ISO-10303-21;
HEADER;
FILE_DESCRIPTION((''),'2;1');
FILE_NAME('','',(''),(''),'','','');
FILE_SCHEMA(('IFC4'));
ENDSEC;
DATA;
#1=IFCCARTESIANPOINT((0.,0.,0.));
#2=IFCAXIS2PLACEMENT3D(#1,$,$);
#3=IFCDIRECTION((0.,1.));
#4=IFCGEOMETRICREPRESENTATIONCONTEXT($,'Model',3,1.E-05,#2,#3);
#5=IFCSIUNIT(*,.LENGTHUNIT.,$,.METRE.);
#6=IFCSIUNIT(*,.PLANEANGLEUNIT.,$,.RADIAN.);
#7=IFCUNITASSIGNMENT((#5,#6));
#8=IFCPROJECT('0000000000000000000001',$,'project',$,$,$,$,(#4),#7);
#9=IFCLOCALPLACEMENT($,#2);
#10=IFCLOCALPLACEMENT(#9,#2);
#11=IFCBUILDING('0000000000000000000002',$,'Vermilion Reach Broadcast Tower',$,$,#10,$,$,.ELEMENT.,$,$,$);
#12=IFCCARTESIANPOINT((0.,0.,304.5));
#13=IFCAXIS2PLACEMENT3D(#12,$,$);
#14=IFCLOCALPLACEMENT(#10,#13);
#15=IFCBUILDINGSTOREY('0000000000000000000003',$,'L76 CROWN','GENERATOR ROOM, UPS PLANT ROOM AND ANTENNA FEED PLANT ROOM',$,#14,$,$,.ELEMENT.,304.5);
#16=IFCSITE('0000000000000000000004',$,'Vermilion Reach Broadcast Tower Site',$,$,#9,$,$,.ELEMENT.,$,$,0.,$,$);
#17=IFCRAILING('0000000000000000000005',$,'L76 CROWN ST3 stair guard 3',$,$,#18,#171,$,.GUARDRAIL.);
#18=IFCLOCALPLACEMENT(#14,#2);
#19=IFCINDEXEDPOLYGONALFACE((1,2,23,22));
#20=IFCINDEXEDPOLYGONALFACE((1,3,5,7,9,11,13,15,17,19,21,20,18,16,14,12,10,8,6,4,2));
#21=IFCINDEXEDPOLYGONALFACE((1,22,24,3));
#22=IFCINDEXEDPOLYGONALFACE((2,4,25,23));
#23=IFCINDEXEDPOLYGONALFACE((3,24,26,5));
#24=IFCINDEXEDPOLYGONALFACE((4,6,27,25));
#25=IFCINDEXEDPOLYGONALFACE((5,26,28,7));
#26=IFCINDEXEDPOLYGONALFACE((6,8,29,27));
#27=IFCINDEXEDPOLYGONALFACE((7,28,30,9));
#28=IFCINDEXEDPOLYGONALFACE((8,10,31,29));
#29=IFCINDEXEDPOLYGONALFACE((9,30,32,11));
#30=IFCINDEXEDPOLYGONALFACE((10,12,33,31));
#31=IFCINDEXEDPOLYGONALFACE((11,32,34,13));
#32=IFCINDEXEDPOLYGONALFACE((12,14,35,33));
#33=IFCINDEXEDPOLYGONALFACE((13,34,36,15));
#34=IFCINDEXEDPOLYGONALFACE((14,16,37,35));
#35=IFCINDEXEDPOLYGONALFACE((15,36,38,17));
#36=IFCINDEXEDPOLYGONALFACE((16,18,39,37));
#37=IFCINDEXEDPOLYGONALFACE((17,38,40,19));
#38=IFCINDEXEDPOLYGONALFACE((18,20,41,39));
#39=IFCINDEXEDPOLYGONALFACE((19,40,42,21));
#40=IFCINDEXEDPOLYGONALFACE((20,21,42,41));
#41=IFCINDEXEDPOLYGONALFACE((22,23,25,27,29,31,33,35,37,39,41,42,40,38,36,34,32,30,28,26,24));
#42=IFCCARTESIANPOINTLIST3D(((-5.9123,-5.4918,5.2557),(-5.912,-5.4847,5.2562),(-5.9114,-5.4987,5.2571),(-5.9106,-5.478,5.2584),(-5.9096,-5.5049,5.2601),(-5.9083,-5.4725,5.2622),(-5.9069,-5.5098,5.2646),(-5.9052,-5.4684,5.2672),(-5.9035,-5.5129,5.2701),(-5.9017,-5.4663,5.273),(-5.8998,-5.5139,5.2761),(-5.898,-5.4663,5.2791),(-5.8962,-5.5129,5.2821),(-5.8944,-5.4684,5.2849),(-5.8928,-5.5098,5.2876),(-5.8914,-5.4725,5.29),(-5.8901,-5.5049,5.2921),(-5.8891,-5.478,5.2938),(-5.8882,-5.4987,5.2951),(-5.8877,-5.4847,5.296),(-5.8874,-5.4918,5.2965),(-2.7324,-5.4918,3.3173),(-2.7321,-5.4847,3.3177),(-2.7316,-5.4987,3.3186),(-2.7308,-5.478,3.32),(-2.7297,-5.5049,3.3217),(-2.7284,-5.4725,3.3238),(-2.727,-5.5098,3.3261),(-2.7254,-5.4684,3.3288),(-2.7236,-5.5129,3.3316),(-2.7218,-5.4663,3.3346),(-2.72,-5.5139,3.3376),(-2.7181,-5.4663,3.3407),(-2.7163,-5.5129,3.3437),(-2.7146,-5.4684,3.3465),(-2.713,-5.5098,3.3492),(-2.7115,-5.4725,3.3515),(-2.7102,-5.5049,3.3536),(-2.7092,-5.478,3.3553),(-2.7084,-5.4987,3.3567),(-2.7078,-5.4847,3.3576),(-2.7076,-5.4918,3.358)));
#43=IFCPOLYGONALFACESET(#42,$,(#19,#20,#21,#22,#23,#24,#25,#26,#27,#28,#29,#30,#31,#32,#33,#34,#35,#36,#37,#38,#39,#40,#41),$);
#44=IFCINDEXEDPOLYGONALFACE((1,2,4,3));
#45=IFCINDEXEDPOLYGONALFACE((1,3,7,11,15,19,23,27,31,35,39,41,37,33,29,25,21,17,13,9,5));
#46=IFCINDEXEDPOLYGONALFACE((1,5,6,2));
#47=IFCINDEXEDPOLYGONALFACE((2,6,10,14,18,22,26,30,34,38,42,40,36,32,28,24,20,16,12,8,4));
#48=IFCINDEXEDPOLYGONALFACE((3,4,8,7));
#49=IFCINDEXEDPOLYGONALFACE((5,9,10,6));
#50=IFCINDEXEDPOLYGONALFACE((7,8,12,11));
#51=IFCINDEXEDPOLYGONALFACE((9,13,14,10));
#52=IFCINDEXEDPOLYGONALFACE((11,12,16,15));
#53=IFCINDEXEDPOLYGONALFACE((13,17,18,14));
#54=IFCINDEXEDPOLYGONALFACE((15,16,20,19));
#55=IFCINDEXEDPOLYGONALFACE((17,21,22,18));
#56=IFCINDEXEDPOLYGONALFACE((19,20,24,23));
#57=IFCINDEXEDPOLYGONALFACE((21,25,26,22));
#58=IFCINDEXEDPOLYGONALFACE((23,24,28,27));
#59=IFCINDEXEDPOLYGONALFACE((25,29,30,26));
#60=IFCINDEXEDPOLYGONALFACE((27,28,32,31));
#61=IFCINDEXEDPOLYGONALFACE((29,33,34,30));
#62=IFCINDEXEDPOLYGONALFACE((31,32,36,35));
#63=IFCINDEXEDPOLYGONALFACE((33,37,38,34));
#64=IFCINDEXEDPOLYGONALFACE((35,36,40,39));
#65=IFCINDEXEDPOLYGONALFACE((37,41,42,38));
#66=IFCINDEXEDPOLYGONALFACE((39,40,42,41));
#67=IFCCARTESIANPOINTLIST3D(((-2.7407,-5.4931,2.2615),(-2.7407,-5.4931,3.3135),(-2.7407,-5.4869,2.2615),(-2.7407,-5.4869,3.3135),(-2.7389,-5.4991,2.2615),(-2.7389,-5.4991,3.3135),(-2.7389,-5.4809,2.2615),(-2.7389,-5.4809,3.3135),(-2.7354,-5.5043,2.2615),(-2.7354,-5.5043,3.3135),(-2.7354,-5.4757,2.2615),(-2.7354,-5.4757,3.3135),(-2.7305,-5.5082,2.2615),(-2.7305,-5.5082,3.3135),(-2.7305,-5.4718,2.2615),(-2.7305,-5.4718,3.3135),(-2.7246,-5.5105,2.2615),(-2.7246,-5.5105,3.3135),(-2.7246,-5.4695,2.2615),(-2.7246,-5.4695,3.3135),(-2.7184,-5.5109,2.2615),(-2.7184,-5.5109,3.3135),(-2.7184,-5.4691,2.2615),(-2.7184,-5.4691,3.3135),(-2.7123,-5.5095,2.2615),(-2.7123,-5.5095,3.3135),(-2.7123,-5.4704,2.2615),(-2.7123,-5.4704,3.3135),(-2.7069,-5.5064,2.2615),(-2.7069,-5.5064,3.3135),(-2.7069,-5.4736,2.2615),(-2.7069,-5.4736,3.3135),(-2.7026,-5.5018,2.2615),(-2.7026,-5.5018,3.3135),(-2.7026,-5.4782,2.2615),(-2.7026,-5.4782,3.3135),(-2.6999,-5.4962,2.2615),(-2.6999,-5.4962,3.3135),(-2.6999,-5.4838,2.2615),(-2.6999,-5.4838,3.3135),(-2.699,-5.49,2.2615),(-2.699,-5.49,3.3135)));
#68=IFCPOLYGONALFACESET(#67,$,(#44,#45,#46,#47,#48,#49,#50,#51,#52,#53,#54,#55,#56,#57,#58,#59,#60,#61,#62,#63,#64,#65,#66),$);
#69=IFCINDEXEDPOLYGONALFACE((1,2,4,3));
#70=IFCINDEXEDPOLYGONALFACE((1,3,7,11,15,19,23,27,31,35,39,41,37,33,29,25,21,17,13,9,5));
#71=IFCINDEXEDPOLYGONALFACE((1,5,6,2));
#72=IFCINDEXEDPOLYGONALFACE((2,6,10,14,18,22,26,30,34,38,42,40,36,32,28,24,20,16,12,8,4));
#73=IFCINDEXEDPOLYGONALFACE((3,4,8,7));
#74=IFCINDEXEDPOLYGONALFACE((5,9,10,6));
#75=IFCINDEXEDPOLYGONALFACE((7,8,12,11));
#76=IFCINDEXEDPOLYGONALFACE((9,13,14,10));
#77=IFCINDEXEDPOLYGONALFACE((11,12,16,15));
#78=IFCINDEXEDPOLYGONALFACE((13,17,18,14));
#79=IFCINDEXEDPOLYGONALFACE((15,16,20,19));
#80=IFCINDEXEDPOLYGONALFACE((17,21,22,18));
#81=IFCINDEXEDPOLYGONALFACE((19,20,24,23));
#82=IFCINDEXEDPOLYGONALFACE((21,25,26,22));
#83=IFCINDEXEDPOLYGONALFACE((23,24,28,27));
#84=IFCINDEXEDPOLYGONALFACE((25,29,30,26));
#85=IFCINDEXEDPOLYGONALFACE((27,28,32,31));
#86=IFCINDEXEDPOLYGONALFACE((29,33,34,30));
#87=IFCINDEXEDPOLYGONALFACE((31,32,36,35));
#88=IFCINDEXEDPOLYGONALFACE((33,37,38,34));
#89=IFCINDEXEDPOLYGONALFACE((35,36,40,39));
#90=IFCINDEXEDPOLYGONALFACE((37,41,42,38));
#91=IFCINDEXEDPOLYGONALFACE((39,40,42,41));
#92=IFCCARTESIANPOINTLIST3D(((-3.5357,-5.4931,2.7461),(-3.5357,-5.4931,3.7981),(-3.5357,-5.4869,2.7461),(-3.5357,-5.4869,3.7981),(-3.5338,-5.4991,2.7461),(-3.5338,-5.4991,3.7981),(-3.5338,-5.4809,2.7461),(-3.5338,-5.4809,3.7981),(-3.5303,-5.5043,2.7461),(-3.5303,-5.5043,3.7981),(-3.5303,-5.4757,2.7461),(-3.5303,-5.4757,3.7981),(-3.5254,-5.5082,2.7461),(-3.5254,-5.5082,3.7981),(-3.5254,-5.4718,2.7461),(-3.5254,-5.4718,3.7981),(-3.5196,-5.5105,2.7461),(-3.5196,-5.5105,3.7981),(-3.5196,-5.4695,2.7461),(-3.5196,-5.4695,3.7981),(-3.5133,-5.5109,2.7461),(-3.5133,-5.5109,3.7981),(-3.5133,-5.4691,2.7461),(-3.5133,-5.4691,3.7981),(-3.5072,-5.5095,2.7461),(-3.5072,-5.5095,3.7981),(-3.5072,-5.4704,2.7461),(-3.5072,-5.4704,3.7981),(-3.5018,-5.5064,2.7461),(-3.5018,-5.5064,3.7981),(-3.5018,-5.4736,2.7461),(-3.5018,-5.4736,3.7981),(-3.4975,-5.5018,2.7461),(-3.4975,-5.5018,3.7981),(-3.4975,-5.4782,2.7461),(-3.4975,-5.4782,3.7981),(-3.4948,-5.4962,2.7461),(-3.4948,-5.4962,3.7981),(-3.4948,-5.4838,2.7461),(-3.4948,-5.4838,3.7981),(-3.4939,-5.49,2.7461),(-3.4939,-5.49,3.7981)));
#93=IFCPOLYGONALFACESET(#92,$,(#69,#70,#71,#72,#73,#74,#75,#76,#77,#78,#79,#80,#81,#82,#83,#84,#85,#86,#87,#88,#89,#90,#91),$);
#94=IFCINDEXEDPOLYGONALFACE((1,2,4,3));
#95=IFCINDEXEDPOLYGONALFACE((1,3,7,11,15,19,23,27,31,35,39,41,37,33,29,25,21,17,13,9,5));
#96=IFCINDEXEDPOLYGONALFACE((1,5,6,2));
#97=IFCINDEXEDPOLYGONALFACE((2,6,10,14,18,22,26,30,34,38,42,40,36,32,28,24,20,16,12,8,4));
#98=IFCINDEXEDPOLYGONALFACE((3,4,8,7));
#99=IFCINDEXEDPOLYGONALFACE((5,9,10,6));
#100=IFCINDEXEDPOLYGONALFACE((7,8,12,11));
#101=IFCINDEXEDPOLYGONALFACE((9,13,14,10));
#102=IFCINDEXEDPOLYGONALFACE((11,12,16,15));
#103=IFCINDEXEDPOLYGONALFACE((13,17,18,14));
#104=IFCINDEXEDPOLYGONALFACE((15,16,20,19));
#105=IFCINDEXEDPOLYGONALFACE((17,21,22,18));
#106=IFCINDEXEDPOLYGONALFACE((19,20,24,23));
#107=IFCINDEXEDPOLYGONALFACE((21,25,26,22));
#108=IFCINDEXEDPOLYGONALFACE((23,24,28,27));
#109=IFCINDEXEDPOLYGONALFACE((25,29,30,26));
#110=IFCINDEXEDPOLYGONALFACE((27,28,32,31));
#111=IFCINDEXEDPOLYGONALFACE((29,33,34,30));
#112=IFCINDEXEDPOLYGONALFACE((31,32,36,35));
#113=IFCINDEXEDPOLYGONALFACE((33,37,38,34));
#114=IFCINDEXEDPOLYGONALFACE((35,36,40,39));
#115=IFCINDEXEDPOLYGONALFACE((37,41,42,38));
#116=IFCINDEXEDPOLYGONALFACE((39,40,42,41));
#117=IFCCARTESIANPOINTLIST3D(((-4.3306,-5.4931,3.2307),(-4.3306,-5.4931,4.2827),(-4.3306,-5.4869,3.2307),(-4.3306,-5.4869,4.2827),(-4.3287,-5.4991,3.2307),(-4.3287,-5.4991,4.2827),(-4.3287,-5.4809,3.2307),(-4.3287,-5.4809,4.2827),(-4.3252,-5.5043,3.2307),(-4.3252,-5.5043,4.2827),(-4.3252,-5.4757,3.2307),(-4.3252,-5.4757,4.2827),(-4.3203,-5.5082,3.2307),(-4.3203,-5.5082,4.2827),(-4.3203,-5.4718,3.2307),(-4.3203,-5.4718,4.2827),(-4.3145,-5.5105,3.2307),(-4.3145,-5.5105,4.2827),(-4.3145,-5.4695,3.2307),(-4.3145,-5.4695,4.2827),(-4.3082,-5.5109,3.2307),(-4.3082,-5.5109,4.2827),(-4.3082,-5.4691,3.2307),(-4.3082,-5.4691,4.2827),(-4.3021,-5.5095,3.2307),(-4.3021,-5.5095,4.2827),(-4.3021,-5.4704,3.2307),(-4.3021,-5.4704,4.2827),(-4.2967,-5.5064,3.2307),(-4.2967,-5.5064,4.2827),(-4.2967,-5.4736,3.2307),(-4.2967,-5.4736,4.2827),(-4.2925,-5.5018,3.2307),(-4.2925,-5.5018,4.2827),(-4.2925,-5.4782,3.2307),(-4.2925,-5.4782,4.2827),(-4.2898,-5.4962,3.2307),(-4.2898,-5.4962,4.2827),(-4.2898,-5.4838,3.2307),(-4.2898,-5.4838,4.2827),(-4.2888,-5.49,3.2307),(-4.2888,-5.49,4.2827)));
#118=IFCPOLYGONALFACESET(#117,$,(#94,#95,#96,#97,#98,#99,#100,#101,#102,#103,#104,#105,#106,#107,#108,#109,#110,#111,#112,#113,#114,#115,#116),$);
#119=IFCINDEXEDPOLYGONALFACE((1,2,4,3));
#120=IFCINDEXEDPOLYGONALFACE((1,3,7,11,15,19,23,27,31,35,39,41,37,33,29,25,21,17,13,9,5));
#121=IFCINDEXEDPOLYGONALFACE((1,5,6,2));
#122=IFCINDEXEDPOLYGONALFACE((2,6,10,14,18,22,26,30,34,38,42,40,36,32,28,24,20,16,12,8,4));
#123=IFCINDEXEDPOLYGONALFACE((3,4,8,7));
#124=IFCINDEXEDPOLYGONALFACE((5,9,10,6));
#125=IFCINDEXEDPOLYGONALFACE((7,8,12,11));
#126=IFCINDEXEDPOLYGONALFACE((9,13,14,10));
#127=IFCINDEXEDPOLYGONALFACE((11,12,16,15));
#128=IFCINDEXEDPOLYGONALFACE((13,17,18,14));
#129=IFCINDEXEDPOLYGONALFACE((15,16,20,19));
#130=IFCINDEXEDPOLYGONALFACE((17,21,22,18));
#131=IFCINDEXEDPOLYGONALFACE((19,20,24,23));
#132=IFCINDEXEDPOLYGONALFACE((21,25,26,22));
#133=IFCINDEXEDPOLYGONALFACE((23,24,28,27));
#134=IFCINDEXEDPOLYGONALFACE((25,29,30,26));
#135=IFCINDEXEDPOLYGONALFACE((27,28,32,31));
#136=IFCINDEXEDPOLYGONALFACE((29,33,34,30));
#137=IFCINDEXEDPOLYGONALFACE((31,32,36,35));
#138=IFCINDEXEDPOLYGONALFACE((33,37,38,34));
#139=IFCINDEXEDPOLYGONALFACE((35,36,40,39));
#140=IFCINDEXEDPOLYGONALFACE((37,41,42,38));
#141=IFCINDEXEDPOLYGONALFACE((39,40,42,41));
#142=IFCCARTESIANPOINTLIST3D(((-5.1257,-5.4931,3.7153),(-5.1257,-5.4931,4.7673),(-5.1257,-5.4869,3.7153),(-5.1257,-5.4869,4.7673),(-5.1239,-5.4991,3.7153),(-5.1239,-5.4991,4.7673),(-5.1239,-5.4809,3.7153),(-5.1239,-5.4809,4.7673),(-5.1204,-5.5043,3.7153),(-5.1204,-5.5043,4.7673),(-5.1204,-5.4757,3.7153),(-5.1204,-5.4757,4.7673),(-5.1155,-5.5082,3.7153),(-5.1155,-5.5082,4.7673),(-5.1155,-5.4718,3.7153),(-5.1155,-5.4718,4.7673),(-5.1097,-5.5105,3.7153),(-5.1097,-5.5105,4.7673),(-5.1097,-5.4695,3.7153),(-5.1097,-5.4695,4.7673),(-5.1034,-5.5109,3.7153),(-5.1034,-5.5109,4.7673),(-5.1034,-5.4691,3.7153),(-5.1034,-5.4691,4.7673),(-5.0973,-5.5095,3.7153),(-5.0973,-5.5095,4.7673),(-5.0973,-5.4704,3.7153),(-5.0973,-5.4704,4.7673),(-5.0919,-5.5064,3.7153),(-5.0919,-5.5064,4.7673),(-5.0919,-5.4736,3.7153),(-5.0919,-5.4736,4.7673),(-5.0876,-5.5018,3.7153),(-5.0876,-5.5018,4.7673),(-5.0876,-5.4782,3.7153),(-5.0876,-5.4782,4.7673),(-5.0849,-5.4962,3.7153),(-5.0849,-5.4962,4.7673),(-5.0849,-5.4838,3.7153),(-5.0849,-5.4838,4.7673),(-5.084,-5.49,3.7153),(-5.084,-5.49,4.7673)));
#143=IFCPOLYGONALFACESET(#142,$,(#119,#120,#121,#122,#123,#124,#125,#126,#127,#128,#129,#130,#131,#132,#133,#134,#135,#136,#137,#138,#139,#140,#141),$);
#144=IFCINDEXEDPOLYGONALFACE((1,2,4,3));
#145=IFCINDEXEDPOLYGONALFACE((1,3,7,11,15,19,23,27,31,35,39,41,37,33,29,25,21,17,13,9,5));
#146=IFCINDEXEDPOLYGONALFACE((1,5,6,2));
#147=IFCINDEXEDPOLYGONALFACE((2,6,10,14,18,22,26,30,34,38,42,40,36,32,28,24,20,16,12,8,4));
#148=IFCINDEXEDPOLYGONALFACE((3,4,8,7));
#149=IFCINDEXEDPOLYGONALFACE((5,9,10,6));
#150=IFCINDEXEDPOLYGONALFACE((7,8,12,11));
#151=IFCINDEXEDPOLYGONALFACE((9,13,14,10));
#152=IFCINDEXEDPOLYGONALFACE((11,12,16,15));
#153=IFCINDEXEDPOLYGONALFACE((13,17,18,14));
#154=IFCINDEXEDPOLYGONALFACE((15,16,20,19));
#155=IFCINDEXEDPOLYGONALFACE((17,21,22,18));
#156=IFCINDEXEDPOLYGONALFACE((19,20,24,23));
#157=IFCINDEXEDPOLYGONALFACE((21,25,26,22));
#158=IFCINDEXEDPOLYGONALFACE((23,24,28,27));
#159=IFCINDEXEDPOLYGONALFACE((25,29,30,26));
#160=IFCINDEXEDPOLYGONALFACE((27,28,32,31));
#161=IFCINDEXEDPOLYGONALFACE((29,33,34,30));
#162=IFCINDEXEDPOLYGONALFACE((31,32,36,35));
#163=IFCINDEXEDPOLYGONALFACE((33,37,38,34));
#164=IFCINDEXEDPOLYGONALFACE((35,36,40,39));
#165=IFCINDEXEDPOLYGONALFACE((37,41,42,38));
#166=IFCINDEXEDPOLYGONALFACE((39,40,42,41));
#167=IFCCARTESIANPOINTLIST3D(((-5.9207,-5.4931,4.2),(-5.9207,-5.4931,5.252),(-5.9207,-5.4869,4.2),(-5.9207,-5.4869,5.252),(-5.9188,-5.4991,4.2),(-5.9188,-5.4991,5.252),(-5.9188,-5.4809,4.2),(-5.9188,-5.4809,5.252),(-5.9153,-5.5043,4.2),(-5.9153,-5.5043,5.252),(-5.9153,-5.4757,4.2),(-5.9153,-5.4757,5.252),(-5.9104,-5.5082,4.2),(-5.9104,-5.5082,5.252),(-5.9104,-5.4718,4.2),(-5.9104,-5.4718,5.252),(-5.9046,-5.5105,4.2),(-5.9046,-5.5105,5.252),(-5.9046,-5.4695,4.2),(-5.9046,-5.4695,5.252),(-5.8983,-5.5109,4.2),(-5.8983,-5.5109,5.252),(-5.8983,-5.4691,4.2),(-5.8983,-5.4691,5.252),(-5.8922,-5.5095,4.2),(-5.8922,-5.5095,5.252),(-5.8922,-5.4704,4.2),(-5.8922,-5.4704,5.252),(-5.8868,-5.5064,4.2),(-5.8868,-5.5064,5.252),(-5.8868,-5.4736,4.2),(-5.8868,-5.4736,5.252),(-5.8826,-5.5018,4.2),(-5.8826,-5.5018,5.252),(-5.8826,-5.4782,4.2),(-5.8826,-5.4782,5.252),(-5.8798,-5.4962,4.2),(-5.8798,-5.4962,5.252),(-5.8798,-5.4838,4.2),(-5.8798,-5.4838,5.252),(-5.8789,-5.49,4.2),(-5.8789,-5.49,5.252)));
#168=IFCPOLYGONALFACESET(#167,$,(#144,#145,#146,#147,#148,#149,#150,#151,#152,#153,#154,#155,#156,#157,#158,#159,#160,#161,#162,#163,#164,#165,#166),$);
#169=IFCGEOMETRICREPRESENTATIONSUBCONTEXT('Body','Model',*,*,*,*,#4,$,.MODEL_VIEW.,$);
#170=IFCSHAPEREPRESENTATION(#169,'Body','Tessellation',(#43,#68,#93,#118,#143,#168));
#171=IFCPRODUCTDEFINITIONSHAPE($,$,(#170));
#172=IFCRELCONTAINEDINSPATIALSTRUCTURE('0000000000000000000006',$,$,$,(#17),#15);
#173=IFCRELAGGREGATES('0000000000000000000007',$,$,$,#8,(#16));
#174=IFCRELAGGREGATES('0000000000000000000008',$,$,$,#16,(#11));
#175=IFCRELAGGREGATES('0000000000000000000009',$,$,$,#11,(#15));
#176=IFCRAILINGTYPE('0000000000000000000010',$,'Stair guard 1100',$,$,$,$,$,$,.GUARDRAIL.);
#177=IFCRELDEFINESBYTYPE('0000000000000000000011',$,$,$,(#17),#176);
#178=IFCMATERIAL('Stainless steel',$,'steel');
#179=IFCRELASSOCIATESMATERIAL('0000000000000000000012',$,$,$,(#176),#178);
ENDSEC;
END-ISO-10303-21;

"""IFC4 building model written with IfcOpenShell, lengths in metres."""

from ifc_helpers import new_model, si_unit, direction, frame, origin, origin_2d, place, context, subcontext, project, spatial, circle, extrude, material, type_object, element, save


model = new_model("IFC4")

# Units and contexts
model_context = context("Model", 3, precision=1e-05, world=origin(), true_north=direction((0.0, 1.0)))
body_context = subcontext(model_context, "Body", "Model", "MODEL_VIEW")
ifc_project = project(units=[si_unit("LENGTHUNIT", "METRE"), si_unit("PLANEANGLEUNIT", "RADIAN")], contexts=[model_context])

# Site, building, storey
site_placement = place(None, origin())
site = spatial("IfcSite", under=ifc_project, at=site_placement, Name="Vermilion Reach Broadcast Tower Site", CompositionType="ELEMENT", RefElevation=0.0)
building_placement = place(site_placement, origin())
building = spatial("IfcBuilding", under=site, at=building_placement, Name="Vermilion Reach Broadcast Tower", CompositionType="ELEMENT")
storey_placement = place(building_placement, frame((0.0, 0.0, 304.5)))
storey = spatial("IfcBuildingStorey", under=building, at=storey_placement, Name="L76 CROWN", Description="GENERATOR ROOM, UPS PLANT ROOM AND ANTENNA FEED PLANT ROOM", CompositionType="ELEMENT", Elevation=304.5)

# Railing
ifc_material_1 = material(Name="Stainless steel", Category="steel")
railing_type_1 = type_object("IfcRailingType", Name="Stair guard 1100", PredefinedType="GUARDRAIL", material=ifc_material_1)
railing_1_placement = place(storey_placement, frame((-2.72, -5.49, 2.2615)))
element("IfcRailing", 1, at=railing_1_placement, inside=storey, type_object=railing_type_1, Name="L76 CROWN ST3 stair guard 3", PredefinedType="GUARDRAIL", context=body_context, shape_type="SweptSolid", body=[
    extrude(circle(Radius=0.0239, at=origin_2d()), frame((0.0, 0.0, 1.0762), z_axis=(-0.853857, 0.0, 0.520508), x_axis=(0.0, -1.0, 0.0)), (0.0, 0.0, 1.0), 3.7241),
    extrude(circle(Radius=0.021, at=origin_2d()), origin(), (0.0, 0.0, 1.0), 1.052),
    extrude(circle(Radius=0.021, at=origin_2d()), frame((-0.7949, 0.0, 0.4846)), (0.0, 0.0, 1.0), 1.052),
    extrude(circle(Radius=0.021, at=origin_2d()), frame((-1.5898, 0.0, 0.9692)), (0.0, 0.0, 1.0), 1.052),
    extrude(circle(Radius=0.021, at=origin_2d()), frame((-2.385, 0.0, 1.4539)), (0.0, 0.0, 1.0), 1.052),
    extrude(circle(Radius=0.021, at=origin_2d()), frame((-3.1799, 0.0, 1.9385)), (0.0, 0.0, 1.0), 1.052),
])

save(model, "model.ifc")
